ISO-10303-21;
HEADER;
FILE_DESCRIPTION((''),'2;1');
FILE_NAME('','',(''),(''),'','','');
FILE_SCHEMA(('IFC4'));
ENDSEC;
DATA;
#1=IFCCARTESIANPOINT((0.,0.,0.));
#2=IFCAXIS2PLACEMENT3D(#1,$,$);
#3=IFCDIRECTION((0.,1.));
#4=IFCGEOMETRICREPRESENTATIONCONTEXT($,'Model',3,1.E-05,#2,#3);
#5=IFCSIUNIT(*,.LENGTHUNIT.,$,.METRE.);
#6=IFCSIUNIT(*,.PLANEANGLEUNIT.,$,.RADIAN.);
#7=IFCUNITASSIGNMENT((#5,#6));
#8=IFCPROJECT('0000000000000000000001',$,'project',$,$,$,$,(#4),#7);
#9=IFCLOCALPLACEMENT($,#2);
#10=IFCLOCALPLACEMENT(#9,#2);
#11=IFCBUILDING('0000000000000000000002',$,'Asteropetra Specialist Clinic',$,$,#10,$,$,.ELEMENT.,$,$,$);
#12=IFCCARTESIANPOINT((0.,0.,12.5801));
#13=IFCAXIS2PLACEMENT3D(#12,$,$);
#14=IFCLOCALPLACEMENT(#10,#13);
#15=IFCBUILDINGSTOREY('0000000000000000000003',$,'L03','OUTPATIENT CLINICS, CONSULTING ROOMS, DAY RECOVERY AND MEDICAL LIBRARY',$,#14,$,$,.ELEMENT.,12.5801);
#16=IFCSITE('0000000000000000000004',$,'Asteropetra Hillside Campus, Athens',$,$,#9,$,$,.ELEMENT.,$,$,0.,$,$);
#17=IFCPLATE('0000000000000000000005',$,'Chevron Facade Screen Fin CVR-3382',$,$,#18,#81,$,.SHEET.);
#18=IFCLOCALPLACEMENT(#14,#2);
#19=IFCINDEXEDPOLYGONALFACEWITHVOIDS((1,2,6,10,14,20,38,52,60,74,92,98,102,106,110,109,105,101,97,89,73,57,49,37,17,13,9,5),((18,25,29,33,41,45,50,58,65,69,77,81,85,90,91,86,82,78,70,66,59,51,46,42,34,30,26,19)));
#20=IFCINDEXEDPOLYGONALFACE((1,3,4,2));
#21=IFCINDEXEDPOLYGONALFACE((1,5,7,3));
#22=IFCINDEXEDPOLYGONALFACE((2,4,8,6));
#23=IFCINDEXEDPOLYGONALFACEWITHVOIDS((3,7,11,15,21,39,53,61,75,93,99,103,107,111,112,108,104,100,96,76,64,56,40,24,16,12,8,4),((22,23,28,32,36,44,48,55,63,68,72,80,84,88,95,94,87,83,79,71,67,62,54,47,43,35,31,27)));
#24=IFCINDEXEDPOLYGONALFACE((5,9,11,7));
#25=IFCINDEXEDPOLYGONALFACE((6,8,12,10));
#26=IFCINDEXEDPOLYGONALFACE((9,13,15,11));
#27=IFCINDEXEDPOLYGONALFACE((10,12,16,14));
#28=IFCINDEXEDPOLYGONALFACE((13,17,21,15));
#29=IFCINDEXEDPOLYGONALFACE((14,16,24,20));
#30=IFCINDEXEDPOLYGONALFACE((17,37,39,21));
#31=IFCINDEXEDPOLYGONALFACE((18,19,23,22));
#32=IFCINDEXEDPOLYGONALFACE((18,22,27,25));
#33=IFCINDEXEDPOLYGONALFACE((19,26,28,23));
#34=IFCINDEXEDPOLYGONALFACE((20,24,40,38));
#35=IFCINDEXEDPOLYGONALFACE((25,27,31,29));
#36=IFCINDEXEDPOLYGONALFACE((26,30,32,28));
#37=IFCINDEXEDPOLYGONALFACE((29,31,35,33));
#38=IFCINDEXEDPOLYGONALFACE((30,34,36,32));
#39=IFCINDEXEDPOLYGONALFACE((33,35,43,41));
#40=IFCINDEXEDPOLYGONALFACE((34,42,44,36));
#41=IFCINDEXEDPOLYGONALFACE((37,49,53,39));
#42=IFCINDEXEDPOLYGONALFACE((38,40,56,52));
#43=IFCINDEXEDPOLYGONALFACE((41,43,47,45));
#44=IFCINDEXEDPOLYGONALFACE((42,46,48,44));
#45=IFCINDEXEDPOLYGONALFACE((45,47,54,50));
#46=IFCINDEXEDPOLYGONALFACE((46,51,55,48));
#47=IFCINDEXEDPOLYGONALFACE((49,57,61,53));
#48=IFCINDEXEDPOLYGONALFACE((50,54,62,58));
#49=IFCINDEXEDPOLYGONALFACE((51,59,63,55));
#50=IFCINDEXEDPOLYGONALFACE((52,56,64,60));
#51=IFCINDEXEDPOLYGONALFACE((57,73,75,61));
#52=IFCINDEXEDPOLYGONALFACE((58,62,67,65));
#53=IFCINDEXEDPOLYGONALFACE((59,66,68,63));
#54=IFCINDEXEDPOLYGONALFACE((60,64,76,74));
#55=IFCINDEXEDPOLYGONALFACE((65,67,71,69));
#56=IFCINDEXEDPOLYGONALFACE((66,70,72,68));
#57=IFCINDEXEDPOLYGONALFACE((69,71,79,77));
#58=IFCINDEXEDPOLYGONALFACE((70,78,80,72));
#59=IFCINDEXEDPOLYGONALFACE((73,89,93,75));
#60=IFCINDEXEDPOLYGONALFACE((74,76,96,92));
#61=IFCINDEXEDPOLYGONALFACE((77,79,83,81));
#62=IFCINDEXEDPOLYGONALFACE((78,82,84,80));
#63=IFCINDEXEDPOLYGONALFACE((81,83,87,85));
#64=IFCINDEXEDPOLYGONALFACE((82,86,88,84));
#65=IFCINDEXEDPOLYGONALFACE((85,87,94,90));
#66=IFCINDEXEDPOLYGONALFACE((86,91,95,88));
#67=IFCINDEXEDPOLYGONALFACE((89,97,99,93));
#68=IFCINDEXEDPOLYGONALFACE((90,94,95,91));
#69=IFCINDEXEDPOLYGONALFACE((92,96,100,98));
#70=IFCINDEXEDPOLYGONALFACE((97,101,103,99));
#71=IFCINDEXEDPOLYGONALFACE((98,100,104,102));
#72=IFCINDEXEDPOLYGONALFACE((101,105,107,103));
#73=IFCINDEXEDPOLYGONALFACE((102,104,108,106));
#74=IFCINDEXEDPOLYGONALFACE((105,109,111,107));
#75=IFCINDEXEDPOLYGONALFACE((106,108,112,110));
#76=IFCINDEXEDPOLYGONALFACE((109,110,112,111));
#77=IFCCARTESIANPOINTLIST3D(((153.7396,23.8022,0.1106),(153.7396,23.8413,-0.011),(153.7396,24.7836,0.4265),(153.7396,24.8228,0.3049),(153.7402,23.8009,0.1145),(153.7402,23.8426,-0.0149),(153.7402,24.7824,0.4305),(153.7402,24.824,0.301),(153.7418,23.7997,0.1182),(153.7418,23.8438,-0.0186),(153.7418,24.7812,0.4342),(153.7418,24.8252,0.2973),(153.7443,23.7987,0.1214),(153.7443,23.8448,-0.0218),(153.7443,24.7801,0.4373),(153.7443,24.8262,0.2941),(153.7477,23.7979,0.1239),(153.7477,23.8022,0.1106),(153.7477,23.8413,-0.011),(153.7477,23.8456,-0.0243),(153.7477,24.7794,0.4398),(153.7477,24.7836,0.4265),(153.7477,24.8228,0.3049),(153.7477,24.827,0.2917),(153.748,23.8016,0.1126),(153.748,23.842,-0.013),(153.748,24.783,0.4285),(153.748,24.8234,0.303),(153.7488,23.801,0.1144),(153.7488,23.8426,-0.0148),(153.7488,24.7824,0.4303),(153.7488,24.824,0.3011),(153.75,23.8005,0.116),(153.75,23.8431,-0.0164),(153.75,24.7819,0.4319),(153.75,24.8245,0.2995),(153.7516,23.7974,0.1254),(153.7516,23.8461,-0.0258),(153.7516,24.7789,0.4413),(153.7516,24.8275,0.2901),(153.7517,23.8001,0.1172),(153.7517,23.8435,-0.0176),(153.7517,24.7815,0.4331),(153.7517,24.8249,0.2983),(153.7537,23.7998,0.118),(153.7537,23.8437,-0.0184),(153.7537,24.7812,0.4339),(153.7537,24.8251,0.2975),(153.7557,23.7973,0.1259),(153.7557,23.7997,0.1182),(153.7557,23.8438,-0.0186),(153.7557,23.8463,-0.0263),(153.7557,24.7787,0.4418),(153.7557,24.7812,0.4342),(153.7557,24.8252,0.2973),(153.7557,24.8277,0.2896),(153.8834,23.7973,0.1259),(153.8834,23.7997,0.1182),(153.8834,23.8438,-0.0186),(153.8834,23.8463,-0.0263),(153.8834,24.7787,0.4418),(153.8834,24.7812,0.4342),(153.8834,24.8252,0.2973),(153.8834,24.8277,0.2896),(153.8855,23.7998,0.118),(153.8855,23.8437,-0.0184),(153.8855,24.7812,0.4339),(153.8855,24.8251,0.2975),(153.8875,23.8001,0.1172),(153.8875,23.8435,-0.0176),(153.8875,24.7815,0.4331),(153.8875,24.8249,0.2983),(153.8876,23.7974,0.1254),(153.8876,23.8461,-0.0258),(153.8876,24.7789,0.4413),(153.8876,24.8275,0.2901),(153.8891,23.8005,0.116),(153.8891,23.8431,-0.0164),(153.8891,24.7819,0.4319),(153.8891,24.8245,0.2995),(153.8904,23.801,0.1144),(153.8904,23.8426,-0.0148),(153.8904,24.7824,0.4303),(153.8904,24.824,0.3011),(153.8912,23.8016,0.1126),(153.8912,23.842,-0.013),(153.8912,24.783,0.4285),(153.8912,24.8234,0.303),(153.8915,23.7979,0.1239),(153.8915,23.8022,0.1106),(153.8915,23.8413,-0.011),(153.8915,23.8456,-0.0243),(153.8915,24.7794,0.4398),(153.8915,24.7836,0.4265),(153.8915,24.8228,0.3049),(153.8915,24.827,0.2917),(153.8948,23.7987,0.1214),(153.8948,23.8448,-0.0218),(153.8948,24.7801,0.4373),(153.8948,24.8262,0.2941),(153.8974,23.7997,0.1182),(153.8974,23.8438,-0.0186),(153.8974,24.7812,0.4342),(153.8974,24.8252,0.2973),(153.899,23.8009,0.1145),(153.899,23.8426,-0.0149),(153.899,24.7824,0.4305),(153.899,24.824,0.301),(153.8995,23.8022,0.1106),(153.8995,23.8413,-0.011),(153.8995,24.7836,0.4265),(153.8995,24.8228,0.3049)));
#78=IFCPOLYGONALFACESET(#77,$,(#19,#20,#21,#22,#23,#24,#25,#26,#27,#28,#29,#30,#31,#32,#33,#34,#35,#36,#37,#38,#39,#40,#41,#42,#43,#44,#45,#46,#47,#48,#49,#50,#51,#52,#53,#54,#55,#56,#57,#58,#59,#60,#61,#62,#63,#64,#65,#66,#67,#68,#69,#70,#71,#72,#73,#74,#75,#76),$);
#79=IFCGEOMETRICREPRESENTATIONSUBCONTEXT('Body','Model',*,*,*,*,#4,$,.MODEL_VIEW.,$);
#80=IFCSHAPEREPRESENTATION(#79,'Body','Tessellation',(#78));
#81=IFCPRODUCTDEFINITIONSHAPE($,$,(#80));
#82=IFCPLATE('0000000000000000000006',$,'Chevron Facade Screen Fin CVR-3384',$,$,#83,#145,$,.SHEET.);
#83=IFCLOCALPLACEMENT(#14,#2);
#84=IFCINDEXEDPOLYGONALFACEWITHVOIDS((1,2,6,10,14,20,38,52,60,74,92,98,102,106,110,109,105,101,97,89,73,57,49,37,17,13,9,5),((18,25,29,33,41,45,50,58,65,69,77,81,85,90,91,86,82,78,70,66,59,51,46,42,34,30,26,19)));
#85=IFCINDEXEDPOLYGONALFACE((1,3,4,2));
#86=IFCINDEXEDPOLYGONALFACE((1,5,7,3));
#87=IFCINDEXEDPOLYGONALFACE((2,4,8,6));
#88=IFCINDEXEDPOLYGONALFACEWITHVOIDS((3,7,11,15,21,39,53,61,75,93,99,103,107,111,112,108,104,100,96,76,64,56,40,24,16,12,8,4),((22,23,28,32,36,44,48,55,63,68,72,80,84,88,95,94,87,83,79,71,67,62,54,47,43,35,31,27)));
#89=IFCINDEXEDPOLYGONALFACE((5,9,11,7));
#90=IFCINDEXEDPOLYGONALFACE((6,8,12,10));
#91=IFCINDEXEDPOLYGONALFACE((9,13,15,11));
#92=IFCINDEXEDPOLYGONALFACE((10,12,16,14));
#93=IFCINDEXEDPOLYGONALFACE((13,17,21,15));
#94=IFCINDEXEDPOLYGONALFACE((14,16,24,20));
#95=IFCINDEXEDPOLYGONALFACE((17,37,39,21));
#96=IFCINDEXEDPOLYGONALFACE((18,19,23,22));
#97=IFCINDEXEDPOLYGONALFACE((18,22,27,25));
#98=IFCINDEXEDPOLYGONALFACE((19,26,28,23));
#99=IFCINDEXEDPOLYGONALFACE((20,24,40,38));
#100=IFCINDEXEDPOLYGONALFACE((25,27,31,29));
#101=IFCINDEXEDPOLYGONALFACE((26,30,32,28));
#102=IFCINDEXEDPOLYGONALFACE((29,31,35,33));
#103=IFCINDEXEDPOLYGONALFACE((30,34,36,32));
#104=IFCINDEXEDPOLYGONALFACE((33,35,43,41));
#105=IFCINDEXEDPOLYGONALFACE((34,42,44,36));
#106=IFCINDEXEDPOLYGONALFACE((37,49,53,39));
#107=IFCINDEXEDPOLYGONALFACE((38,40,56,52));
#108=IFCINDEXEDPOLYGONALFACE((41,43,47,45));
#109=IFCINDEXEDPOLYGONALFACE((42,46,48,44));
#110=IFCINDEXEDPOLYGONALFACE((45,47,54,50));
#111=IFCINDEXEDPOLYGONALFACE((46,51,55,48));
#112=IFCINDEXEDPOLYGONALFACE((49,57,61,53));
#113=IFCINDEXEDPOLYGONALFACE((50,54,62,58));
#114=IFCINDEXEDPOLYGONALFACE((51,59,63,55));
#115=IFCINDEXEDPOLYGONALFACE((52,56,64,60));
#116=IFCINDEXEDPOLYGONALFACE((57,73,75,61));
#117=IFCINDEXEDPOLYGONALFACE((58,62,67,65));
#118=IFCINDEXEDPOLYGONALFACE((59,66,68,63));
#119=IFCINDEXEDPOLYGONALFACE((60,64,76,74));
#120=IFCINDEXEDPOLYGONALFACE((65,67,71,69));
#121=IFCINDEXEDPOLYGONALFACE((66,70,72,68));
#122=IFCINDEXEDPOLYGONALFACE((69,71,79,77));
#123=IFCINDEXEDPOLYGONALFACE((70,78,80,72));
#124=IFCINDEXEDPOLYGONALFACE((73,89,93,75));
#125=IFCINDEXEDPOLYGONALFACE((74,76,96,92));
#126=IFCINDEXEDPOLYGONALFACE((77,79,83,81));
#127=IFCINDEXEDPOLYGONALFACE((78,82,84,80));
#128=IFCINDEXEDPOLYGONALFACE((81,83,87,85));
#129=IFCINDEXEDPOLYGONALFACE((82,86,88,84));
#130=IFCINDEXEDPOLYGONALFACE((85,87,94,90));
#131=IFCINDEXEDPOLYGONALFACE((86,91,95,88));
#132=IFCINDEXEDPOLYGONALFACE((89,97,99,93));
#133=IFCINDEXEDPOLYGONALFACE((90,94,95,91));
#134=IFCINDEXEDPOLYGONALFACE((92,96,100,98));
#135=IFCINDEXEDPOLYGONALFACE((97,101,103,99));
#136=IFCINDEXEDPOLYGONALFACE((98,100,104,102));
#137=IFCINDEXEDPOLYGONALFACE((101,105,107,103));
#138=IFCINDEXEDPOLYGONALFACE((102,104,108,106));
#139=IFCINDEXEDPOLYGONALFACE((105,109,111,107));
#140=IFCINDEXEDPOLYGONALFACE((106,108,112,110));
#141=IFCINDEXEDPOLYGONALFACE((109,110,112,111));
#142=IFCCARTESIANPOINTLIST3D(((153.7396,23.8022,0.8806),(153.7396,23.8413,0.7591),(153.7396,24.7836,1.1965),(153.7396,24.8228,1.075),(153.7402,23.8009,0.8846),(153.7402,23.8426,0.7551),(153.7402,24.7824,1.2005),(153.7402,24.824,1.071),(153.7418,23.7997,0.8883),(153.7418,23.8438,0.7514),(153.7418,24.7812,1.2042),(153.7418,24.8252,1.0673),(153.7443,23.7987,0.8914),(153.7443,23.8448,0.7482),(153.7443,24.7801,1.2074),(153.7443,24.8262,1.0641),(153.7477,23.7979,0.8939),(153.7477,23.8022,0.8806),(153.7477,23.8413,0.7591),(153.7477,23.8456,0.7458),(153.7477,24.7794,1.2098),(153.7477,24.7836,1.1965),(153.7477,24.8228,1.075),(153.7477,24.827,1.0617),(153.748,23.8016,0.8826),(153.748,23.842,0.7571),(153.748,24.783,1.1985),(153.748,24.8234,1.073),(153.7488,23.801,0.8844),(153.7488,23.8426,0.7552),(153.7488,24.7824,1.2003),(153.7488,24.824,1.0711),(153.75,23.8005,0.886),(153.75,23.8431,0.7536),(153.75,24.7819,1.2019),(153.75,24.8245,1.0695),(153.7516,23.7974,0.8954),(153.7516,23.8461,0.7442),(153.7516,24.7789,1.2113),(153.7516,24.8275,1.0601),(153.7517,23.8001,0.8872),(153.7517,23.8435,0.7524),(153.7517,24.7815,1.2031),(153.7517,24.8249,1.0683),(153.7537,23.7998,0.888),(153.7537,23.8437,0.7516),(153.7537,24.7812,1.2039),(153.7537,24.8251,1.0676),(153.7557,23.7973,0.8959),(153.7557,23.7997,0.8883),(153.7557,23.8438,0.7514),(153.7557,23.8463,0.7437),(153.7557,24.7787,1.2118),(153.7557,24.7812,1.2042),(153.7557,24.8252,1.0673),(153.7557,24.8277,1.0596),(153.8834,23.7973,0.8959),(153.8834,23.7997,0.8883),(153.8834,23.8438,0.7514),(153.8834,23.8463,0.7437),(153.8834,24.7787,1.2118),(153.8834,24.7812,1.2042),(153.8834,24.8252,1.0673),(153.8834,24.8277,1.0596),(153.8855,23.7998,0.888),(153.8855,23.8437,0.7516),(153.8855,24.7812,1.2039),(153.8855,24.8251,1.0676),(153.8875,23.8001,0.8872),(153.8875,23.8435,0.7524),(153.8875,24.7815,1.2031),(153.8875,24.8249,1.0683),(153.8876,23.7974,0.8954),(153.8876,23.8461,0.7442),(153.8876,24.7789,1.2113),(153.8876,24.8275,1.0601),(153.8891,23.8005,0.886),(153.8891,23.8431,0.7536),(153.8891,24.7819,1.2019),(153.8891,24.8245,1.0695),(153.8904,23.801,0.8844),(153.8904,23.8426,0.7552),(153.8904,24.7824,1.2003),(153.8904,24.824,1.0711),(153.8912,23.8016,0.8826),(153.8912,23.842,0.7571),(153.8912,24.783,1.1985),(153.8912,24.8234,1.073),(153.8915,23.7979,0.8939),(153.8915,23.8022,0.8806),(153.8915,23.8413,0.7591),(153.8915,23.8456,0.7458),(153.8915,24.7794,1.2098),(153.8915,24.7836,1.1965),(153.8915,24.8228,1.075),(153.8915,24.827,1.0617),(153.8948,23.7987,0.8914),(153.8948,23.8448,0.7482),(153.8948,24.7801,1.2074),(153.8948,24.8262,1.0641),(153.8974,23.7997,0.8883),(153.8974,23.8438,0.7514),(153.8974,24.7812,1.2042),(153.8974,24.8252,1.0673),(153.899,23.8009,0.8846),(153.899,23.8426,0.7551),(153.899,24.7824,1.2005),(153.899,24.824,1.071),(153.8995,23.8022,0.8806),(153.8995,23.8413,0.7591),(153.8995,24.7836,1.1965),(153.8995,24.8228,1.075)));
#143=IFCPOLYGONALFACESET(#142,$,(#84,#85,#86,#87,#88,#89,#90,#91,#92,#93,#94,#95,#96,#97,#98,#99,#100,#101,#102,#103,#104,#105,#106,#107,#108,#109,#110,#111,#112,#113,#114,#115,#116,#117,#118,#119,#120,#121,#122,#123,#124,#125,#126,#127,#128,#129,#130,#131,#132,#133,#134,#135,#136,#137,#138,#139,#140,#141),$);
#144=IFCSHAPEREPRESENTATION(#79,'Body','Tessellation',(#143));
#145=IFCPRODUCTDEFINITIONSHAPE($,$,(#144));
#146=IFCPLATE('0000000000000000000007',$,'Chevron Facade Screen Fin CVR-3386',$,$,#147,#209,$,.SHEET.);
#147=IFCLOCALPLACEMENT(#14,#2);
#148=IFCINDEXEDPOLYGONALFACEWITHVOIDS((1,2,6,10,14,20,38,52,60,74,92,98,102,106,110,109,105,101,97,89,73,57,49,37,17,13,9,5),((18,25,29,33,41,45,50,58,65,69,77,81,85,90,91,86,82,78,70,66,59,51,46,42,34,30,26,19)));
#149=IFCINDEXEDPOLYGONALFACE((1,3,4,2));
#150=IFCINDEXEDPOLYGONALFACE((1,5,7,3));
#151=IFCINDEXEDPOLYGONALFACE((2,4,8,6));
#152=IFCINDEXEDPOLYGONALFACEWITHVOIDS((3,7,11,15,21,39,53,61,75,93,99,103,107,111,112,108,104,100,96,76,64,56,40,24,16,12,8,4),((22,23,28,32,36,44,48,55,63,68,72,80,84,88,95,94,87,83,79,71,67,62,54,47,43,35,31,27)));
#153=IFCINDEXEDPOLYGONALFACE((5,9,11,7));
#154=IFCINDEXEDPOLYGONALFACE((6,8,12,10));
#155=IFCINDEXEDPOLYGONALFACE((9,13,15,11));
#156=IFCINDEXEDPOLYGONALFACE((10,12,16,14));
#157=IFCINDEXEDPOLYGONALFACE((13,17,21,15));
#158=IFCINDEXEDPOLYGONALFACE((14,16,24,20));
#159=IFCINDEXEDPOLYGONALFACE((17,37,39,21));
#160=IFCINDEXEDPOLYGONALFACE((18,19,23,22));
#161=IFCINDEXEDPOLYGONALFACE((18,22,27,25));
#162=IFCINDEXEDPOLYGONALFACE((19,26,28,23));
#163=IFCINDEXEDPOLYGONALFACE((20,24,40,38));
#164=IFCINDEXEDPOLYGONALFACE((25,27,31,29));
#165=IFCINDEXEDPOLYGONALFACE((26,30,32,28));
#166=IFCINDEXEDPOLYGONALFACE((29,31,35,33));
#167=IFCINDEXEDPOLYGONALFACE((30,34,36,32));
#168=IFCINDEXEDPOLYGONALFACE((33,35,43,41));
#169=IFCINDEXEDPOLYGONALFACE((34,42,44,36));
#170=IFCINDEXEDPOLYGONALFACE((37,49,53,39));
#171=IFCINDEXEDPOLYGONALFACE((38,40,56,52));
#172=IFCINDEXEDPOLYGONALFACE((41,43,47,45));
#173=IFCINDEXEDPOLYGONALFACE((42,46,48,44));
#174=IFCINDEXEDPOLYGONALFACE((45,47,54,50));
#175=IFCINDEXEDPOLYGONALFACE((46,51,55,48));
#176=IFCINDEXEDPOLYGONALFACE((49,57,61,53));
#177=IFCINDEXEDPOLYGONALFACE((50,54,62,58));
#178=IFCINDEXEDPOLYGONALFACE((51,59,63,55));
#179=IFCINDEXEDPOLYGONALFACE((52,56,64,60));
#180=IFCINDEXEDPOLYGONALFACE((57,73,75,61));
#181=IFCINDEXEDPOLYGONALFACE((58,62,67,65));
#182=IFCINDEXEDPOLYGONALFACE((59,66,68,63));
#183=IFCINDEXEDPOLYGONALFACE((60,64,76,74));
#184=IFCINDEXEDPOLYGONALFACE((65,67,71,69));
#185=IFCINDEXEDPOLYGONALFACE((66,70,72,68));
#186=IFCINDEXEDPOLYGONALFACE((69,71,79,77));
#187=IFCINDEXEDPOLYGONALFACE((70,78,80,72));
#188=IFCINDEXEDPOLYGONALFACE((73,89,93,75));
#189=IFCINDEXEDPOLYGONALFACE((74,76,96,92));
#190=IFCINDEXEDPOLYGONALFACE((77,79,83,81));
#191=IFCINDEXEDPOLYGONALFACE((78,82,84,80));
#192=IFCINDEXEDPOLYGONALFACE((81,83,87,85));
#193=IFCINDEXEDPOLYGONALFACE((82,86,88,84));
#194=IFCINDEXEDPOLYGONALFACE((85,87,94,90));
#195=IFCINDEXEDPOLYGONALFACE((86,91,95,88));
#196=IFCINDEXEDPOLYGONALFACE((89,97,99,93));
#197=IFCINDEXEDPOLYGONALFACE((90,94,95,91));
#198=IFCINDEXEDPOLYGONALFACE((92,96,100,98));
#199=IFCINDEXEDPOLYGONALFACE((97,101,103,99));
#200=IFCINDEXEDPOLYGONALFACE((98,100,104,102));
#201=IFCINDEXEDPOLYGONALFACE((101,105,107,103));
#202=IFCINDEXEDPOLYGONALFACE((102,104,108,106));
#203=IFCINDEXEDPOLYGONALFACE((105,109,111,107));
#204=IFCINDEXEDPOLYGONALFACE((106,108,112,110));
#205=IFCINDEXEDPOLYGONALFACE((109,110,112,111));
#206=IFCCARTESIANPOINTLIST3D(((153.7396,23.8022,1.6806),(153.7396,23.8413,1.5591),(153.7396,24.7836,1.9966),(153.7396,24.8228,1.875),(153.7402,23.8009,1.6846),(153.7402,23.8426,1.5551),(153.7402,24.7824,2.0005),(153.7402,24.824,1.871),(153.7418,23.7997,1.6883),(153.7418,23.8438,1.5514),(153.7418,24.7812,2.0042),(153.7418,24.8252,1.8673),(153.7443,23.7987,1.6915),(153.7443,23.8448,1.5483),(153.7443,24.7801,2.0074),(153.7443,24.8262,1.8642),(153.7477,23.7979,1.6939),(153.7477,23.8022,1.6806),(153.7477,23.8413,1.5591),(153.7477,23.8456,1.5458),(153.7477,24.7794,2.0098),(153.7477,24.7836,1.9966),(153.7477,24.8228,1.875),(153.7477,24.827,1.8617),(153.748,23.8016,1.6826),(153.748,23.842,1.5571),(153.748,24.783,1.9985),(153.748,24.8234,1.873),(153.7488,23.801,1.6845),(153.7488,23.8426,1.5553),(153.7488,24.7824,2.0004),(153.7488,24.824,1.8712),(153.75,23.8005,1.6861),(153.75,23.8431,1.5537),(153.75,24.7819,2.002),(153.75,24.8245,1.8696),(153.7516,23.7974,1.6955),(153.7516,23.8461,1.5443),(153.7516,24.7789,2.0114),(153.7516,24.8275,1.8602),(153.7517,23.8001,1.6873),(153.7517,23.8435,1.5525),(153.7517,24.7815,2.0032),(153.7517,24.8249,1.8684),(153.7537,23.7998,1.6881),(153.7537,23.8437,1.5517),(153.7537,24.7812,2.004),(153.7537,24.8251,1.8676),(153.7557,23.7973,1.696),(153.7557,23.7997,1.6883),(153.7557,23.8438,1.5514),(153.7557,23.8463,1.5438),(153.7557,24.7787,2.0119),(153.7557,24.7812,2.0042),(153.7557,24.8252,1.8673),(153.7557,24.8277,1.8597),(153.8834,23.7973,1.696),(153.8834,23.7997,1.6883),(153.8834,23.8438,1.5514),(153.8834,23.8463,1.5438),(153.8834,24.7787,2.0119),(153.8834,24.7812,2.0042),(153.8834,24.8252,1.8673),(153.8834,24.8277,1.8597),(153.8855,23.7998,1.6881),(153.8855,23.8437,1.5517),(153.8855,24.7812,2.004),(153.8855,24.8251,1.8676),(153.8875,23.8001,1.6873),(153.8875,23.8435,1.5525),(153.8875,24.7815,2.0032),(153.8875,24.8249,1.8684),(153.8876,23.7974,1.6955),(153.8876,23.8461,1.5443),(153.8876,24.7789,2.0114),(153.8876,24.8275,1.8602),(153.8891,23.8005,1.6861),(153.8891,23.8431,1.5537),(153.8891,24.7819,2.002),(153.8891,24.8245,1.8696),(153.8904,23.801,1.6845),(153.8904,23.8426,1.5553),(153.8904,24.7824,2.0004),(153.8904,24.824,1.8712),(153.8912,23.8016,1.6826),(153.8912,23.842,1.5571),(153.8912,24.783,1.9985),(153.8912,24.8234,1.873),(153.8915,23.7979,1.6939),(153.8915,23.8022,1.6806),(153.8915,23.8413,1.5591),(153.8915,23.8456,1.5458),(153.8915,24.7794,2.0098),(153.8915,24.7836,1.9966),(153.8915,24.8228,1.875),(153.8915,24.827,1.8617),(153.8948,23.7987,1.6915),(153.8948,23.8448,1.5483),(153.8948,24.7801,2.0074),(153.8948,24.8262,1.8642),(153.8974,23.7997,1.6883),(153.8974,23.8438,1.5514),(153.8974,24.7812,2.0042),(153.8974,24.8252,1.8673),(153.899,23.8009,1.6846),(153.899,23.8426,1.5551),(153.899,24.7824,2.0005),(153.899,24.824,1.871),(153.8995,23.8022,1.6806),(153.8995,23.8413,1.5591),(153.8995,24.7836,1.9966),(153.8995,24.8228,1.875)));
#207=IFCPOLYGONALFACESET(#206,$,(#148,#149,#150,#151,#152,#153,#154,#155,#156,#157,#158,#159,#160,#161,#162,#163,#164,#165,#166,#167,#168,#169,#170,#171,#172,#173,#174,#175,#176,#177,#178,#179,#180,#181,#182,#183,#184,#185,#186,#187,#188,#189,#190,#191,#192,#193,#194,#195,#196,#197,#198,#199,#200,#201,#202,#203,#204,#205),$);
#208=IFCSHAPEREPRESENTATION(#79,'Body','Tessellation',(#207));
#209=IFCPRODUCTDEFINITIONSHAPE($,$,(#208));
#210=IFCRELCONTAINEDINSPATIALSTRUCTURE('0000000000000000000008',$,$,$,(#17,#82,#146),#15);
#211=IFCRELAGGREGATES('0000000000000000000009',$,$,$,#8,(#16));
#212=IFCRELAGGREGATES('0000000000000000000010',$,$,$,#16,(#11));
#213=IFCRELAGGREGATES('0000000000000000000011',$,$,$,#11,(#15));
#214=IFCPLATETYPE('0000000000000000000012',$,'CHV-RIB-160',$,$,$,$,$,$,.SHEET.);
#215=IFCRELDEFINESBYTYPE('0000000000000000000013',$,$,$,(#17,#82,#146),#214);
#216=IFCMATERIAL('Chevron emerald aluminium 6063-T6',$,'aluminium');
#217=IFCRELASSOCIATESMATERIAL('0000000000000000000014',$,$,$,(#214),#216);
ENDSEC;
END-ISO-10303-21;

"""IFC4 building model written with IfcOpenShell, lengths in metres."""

from ifc_helpers import new_model, si_unit, direction, frame, origin, origin_2d, place, context, subcontext, project, spatial, hollow_rectangle, extrude, material, material_profile, profile_set, type_object, element, save


model = new_model("IFC4")

# Units and contexts
model_context = context("Model", 3, precision=1e-05, world=origin(), true_north=direction((0.0, 1.0)))
body_context = subcontext(model_context, "Body", "Model", "MODEL_VIEW")
ifc_project = project(units=[si_unit("LENGTHUNIT", "METRE"), si_unit("PLANEANGLEUNIT", "RADIAN")], contexts=[model_context])

# Site, building, storey
site_placement = place(None, origin())
site = spatial("IfcSite", under=ifc_project, at=site_placement, Name="Asteropetra Hillside Campus, Athens", CompositionType="ELEMENT", RefElevation=0.0)
building_placement = place(site_placement, origin())
building = spatial("IfcBuilding", under=site, at=building_placement, Name="Asteropetra Specialist Clinic", CompositionType="ELEMENT")
storey_placement = place(building_placement, frame((0.0, 0.0, 12.5801)))
storey = spatial("IfcBuildingStorey", under=building, at=storey_placement, Name="L03", Description="OUTPATIENT CLINICS, CONSULTING ROOMS, DAY RECOVERY AND MEDICAL LIBRARY", CompositionType="ELEMENT", Elevation=12.5801)

# Plates
ifc_material_1 = material(Name="Chevron emerald aluminium 6063-T6", Category="aluminium")
ifc_material_profile = material_profile(ifc_material_1, hollow_rectangle(XDim=0.1599, YDim=0.1599, WallThickness=0.0081, InnerFilletRadius=0.0081, OuterFilletRadius=0.0161, at=origin_2d()), Name="SHS 160x160x8.0")
ifc_profile_set = profile_set([ifc_material_profile], Name="Chevron emerald aluminium 6063-T6")
plate_type_1 = type_object("IfcPlateType", Name="CHV-RIB-160", PredefinedType="SHEET", material=ifc_profile_set)
for number, where, z_axis, x_axis, name in (
    (1, (153.8196, 23.8218, 0.0498), (0.0, 0.9519, 0.306408), (-1.0, 0.0, 0.0), "Chevron Facade Screen Fin CVR-3382"),
    (2, (153.8196, 23.8218, 0.8198), (0.0, 0.9519, 0.306408), (-1.0, 0.0, 0.0), "Chevron Facade Screen Fin CVR-3384"),
    (3, (153.8196, 23.8218, 1.6199), (0.0, 0.9519, 0.306408), (-1.0, 0.0, 0.0), "Chevron Facade Screen Fin CVR-3386"),
):
    element("IfcPlate", number, at=place(storey_placement, frame(where, z_axis=z_axis, x_axis=x_axis)), inside=storey, type_object=plate_type_1, Name=name, PredefinedType="SHEET", context=body_context, shape_type="SweptSolid", body=[
        extrude(hollow_rectangle(XDim=0.1599, YDim=0.1599, WallThickness=0.0081, InnerFilletRadius=0.0081, OuterFilletRadius=0.0161, at=origin_2d()), origin(), (0.0, 0.0, 1.0), 1.031),
    ])

save(model, "model.ifc")
